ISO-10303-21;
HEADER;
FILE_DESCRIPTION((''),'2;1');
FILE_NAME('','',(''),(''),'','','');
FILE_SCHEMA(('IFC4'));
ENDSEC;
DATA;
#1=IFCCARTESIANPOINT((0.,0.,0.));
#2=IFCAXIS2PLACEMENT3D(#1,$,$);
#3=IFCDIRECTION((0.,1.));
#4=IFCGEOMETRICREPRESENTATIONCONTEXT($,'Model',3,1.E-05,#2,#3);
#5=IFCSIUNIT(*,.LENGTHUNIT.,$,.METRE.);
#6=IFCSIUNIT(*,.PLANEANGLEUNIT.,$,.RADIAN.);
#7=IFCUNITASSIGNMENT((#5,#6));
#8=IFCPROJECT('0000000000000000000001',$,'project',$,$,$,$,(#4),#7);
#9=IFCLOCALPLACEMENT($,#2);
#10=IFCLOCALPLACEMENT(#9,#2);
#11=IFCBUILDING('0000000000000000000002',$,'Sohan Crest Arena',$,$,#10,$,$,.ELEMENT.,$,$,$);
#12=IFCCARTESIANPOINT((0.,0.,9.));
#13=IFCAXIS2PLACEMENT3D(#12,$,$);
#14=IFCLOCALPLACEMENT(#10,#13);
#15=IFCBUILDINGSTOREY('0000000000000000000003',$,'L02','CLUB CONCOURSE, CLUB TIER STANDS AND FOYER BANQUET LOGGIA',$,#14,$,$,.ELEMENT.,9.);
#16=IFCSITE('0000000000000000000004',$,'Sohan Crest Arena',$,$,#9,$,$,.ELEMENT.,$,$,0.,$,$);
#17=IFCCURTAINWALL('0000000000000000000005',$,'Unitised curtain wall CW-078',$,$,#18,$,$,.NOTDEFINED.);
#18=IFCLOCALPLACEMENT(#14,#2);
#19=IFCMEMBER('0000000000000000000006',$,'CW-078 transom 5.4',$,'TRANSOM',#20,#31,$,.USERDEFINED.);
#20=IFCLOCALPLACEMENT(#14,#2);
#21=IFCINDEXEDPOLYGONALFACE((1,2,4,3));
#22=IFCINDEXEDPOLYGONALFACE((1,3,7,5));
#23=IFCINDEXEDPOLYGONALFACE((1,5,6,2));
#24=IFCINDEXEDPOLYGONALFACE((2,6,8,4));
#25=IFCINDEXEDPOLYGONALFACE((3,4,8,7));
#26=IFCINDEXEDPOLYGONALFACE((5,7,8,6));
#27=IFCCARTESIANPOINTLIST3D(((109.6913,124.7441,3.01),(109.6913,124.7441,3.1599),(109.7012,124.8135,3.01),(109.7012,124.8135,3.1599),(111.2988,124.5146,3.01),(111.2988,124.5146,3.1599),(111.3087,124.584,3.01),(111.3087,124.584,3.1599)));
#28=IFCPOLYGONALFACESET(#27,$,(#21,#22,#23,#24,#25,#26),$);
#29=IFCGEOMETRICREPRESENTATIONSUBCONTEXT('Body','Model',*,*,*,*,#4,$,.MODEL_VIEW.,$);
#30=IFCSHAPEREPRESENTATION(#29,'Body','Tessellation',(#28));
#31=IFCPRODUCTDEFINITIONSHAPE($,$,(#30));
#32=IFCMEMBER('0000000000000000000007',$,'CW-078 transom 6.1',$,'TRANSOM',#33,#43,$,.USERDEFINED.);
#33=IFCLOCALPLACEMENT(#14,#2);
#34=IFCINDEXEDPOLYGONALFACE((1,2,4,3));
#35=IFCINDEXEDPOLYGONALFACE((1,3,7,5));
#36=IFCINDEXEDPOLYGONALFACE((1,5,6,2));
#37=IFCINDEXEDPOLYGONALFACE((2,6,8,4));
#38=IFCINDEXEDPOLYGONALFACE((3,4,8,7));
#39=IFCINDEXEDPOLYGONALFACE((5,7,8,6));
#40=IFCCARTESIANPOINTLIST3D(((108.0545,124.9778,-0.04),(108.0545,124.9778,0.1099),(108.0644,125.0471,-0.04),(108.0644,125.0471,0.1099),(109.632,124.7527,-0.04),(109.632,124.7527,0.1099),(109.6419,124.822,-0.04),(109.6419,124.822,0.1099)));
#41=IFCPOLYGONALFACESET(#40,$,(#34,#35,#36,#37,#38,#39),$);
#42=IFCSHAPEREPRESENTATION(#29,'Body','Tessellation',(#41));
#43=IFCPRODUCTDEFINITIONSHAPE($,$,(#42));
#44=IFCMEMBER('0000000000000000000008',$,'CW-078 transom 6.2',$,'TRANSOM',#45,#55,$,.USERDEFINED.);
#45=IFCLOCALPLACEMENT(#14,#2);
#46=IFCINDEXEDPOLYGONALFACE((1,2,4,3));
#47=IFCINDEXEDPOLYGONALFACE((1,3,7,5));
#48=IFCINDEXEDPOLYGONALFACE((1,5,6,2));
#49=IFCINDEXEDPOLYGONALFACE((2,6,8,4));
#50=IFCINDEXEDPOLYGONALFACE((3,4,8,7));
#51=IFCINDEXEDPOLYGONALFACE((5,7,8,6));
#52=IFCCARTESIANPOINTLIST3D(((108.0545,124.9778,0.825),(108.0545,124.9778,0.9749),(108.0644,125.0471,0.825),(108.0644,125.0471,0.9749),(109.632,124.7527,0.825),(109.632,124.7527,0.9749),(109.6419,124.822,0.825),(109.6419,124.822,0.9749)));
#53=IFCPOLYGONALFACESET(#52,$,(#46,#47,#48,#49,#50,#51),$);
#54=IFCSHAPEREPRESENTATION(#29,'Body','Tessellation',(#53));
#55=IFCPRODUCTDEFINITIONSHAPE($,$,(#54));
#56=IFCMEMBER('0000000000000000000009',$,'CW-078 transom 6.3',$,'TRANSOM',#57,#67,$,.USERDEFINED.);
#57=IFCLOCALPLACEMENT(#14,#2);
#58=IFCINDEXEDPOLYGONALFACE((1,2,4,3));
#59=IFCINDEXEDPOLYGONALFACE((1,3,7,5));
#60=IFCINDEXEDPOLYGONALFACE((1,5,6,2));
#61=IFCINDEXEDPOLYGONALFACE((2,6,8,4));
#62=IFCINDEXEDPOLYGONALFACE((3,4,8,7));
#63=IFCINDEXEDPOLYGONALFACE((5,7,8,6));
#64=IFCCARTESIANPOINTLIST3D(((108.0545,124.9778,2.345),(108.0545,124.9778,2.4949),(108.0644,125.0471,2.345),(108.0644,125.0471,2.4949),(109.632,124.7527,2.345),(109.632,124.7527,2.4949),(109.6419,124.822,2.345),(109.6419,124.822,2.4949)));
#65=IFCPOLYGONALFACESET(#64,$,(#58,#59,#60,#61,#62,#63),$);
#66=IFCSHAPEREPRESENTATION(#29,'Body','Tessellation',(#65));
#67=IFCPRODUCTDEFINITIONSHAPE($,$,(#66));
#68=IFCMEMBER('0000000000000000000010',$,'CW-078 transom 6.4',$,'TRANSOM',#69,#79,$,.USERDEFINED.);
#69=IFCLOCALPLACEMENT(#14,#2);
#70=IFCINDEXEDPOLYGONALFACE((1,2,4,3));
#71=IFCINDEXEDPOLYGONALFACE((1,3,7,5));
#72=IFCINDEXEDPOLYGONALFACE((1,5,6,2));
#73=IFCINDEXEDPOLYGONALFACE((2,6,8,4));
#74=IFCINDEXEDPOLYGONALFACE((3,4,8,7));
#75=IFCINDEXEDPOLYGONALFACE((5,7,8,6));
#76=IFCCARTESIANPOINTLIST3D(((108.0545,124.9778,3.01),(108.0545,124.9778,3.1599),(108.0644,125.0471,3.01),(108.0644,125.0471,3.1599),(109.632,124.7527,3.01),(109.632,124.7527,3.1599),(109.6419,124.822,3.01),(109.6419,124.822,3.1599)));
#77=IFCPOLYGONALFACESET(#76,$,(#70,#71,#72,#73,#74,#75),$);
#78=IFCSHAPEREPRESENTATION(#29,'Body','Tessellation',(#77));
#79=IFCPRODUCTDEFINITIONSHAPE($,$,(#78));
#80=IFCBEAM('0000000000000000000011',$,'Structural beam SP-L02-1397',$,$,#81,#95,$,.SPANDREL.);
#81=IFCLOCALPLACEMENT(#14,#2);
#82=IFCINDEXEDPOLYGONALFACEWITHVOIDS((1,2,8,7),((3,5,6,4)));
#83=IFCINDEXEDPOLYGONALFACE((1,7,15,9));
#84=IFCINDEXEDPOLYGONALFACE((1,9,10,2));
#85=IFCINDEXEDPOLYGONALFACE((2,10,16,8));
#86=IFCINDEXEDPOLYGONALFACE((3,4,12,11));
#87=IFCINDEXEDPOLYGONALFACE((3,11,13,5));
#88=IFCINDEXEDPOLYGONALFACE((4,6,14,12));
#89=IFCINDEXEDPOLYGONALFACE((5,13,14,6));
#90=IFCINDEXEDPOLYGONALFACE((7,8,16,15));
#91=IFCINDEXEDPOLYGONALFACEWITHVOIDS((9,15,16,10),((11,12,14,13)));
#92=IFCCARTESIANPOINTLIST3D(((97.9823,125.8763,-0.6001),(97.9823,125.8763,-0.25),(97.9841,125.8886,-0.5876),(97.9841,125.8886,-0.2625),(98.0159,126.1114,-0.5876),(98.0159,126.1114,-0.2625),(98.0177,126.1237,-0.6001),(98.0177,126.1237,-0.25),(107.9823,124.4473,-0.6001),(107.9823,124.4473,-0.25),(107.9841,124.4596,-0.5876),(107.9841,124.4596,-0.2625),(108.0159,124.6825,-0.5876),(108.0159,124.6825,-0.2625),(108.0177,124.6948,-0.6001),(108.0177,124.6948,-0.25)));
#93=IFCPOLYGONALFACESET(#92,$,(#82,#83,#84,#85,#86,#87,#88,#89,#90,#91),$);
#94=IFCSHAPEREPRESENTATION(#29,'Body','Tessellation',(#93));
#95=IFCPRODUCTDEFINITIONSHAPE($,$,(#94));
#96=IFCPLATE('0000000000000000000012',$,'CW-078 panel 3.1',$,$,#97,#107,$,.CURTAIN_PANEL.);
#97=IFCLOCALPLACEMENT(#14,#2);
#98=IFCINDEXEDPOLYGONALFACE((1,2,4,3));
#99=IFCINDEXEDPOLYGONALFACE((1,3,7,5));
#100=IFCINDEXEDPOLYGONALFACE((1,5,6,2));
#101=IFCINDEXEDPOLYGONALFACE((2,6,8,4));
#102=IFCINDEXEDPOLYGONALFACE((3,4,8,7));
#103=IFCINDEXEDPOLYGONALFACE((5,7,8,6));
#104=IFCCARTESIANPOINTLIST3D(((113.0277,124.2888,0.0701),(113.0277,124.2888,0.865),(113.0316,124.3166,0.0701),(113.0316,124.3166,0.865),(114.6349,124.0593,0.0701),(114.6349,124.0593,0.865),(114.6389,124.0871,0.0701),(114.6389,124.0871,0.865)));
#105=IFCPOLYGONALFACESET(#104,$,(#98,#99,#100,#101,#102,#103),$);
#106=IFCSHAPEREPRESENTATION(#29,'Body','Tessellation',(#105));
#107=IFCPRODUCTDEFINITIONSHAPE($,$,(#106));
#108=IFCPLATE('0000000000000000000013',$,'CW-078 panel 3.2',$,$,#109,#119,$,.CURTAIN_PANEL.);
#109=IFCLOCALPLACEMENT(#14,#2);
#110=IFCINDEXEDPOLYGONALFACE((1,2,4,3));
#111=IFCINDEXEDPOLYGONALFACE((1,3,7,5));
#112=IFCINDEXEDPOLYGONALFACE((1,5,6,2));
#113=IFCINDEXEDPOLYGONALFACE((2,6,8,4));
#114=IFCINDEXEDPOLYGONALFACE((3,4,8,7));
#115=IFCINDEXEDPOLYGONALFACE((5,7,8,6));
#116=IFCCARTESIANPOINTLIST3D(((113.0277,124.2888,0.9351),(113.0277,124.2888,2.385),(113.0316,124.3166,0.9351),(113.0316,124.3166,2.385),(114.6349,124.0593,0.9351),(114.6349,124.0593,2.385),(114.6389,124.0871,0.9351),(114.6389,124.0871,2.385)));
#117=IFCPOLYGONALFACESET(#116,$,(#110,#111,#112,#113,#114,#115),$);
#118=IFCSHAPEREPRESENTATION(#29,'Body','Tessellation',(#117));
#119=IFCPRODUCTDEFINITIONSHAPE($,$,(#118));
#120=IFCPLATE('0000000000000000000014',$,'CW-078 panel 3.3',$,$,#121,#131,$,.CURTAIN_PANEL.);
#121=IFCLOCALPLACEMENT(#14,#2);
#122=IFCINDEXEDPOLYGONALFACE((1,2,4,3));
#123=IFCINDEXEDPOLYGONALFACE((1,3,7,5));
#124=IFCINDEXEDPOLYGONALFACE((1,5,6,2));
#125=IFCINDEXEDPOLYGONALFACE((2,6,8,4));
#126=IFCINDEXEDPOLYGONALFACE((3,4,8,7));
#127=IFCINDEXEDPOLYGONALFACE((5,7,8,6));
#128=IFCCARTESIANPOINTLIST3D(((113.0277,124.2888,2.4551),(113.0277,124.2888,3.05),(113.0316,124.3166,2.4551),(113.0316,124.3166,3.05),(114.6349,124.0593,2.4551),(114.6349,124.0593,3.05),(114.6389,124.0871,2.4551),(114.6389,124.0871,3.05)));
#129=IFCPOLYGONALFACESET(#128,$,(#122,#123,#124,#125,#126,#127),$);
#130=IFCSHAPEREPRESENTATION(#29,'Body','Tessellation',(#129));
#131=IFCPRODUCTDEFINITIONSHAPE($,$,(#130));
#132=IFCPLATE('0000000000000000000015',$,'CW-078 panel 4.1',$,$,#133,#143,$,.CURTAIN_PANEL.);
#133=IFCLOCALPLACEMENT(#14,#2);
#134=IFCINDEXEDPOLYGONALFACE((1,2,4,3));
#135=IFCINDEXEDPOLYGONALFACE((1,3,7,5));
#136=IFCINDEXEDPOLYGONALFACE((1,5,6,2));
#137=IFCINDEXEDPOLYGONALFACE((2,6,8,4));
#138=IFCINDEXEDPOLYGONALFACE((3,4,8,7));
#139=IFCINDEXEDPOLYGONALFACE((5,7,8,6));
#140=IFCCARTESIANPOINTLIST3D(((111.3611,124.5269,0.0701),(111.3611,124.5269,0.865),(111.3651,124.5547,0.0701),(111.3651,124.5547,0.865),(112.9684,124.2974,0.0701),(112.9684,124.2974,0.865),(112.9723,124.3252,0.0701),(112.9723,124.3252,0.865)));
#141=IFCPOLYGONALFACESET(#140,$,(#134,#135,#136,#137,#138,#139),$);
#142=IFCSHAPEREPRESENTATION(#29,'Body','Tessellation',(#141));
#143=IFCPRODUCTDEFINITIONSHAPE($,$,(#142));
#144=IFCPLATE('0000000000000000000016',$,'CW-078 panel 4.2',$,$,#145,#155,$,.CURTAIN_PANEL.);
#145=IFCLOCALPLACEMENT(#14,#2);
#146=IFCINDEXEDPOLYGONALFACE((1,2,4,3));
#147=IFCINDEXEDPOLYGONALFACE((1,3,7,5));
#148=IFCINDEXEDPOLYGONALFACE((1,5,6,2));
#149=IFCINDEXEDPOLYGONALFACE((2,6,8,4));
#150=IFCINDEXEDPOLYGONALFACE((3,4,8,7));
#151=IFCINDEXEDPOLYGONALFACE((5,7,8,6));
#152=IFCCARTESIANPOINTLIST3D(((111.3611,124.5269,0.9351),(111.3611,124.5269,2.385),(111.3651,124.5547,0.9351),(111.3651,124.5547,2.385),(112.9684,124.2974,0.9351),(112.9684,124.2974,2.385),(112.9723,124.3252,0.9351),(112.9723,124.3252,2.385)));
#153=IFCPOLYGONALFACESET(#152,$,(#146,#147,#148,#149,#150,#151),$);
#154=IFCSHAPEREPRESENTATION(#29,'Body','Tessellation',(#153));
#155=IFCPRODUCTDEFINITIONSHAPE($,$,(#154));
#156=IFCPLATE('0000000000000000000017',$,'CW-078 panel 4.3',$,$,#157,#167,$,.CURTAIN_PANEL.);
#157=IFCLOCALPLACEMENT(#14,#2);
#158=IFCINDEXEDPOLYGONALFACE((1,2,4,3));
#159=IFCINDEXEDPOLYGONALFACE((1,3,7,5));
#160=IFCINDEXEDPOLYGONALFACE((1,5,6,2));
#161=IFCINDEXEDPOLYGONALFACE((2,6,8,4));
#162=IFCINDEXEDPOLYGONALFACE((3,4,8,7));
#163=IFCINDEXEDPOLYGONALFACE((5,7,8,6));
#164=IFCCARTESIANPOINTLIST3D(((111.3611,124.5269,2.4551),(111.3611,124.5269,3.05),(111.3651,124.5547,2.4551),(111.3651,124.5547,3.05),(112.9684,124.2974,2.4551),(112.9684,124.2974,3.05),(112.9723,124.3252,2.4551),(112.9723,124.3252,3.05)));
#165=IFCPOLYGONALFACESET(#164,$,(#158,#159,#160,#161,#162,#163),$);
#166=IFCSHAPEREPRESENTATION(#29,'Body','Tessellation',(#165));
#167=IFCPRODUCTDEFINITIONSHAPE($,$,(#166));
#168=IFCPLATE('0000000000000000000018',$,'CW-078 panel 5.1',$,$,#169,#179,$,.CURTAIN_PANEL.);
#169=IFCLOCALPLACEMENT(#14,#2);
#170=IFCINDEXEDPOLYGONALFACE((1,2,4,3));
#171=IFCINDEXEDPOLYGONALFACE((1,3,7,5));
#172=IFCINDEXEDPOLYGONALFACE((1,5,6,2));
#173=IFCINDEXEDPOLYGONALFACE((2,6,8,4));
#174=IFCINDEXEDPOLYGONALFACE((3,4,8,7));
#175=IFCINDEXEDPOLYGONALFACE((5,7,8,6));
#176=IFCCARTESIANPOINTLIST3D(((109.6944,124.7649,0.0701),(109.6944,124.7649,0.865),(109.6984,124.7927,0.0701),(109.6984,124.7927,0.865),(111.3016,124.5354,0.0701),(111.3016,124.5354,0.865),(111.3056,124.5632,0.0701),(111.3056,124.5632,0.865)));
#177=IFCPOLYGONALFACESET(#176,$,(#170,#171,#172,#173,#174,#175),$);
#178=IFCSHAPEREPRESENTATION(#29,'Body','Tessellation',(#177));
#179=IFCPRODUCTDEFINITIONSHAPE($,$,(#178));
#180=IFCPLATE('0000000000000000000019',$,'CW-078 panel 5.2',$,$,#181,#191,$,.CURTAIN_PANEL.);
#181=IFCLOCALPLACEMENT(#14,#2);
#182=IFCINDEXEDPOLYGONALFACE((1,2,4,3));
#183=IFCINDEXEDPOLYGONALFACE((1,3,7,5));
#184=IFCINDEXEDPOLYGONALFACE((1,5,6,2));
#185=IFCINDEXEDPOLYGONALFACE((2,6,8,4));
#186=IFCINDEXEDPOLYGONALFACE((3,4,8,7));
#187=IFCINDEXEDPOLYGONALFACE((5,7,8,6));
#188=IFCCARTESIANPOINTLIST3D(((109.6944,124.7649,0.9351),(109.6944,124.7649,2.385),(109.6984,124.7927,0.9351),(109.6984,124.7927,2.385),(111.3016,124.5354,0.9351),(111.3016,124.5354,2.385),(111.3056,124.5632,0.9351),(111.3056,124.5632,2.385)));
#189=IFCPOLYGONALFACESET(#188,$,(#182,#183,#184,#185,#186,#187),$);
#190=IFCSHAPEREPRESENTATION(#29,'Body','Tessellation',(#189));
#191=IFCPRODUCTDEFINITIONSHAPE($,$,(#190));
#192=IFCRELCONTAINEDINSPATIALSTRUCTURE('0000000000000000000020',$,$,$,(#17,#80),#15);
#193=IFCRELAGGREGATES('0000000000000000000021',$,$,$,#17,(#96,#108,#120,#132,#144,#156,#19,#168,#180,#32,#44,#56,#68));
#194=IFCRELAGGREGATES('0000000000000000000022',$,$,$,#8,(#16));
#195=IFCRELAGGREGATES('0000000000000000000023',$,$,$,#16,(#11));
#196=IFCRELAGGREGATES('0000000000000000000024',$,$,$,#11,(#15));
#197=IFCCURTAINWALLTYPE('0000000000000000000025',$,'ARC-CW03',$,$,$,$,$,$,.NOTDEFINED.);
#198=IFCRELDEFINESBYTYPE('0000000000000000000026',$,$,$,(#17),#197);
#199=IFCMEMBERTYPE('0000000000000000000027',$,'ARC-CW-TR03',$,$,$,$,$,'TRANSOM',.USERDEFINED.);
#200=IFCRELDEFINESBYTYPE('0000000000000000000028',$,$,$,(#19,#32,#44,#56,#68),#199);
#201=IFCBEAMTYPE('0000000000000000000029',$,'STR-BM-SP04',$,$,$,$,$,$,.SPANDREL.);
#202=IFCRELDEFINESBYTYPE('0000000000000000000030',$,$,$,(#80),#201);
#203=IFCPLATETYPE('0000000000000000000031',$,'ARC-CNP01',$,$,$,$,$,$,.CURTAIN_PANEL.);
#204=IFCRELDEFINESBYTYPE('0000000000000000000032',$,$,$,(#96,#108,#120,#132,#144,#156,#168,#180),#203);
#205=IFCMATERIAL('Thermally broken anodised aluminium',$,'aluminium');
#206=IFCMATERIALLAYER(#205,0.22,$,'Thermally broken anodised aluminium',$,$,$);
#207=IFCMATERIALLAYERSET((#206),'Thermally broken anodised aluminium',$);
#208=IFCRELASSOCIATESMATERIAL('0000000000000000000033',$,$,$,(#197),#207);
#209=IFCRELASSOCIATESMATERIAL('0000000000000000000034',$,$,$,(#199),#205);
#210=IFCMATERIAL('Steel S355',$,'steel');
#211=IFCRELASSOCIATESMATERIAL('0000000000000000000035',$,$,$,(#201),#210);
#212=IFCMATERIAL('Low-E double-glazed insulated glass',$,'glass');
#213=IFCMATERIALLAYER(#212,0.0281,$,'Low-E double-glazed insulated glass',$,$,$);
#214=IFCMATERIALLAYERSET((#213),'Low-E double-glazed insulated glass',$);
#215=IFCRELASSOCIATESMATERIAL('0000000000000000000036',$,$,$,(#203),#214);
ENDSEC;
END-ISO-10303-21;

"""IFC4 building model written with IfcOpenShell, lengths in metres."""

from ifc_helpers import new_model, si_unit, direction, frame, origin, origin_2d, place, context, subcontext, project, spatial, rectangle, hollow_rectangle, extrude, material, layer, layer_set, material_profile, profile_set, type_object, element, aggregate, save


model = new_model("IFC4")

# Units and contexts
model_context = context("Model", 3, precision=1e-05, world=origin(), true_north=direction((0.0, 1.0)))
body_context = subcontext(model_context, "Body", "Model", "MODEL_VIEW")
ifc_project = project(units=[si_unit("LENGTHUNIT", "METRE"), si_unit("PLANEANGLEUNIT", "RADIAN")], contexts=[model_context])

# Site, building, storey
site_placement = place(None, origin())
site = spatial("IfcSite", under=ifc_project, at=site_placement, Name="Sohan Crest Arena", CompositionType="ELEMENT", RefElevation=0.0)
building_placement = place(site_placement, origin())
building = spatial("IfcBuilding", under=site, at=building_placement, Name="Sohan Crest Arena", CompositionType="ELEMENT")
storey_placement = place(building_placement, frame((0.0, 0.0, 9.0)))
storey = spatial("IfcBuildingStorey", under=building, at=storey_placement, Name="L02", Description="CLUB CONCOURSE, CLUB TIER STANDS AND FOYER BANQUET LOGGIA", CompositionType="ELEMENT", Elevation=9.0)

# Shared definitions
ifc_material_1 = material(Name="Steel S355", Category="steel")

# Curtain wall
ifc_material_2 = material(Name="Thermally broken anodised aluminium", Category="aluminium")
ifc_layer_1 = layer(ifc_material_2, 0.22, Name="Thermally broken anodised aluminium")
ifc_layer_set_1 = layer_set([ifc_layer_1], Name="Thermally broken anodised aluminium")
curtain_wall_type_1 = type_object("IfcCurtainWallType", Name="ARC-CW03", PredefinedType="NOTDEFINED", material=ifc_layer_set_1)
curtain_wall_1_placement = place(storey_placement, origin())
curtain_wall_1 = element("IfcCurtainWall", 1, at=curtain_wall_1_placement, inside=storey, type_object=curtain_wall_type_1, Name="Unitised curtain wall CW-078", PredefinedType="NOTDEFINED")

# Members
ifc_material_profile_1 = material_profile(ifc_material_2, rectangle(XDim=0.0701, YDim=0.1499, at=origin_2d()), Name="ALU-TRAN 70x150")
ifc_profile_set_1 = profile_set([ifc_material_profile_1], Name="Thermally broken anodised aluminium")
member_type_1 = type_object("IfcMemberType", Name="ARC-CW-TR03", ElementType="TRANSOM", PredefinedType="USERDEFINED", material=ifc_profile_set_1)
member_1_placement = place(storey_placement, frame((111.3037, 124.5493, 3.085), z_axis=(-0.989962, 0.141337, 0.0), x_axis=(-0.141337, -0.989962, 0.0)))
member_1 = element("IfcMember", 2, at=member_1_placement, type_object=member_type_1, Name="CW-078 transom 5.4", ObjectType="TRANSOM", PredefinedType="USERDEFINED", context=body_context, shape_type="SweptSolid", body=[
    extrude(rectangle(XDim=0.0701, YDim=0.1499, at=origin_2d()), origin(), (0.0, 0.0, 1.0), 1.6238),
])
member_2_placement = place(storey_placement, frame((109.637, 124.7874, 0.0349), z_axis=(-0.989974, 0.14125, 0.0), x_axis=(-0.14125, -0.989974, 0.0)))
member_2 = element("IfcMember", 3, at=member_2_placement, type_object=member_type_1, Name="CW-078 transom 6.1", ObjectType="TRANSOM", PredefinedType="USERDEFINED", context=body_context, shape_type="SweptSolid", body=[
    extrude(rectangle(XDim=0.0701, YDim=0.1499, at=origin_2d()), origin(), (0.0, 0.0, 1.0), 1.5935),
])
member_3_placement = place(storey_placement, frame((109.637, 124.7874, 0.8999), z_axis=(-0.989974, 0.14125, 0.0), x_axis=(-0.14125, -0.989974, 0.0)))
member_3 = element("IfcMember", 4, at=member_3_placement, type_object=member_type_1, Name="CW-078 transom 6.2", ObjectType="TRANSOM", PredefinedType="USERDEFINED", context=body_context, shape_type="SweptSolid", body=[
    extrude(rectangle(XDim=0.0701, YDim=0.1499, at=origin_2d()), origin(), (0.0, 0.0, 1.0), 1.5935),
])
member_4_placement = place(storey_placement, frame((109.637, 124.7874, 2.4199), z_axis=(-0.989974, 0.14125, 0.0), x_axis=(-0.14125, -0.989974, 0.0)))
member_4 = element("IfcMember", 5, at=member_4_placement, type_object=member_type_1, Name="CW-078 transom 6.3", ObjectType="TRANSOM", PredefinedType="USERDEFINED", context=body_context, shape_type="SweptSolid", body=[
    extrude(rectangle(XDim=0.0701, YDim=0.1499, at=origin_2d()), origin(), (0.0, 0.0, 1.0), 1.5935),
])
member_5_placement = place(storey_placement, frame((109.637, 124.7874, 3.085), z_axis=(-0.989974, 0.14125, 0.0), x_axis=(-0.14125, -0.989974, 0.0)))
member_5 = element("IfcMember", 6, at=member_5_placement, type_object=member_type_1, Name="CW-078 transom 6.4", ObjectType="TRANSOM", PredefinedType="USERDEFINED", context=body_context, shape_type="SweptSolid", body=[
    extrude(rectangle(XDim=0.0701, YDim=0.1499, at=origin_2d()), origin(), (0.0, 0.0, 1.0), 1.5935),
])

# Beam
ifc_material_profile_2 = material_profile(ifc_material_1, hollow_rectangle(XDim=0.25, YDim=0.3501, WallThickness=0.0125, at=origin_2d()), Name="RHS 350x250x12.5")
ifc_profile_set_2 = profile_set([ifc_material_profile_2], Name="Steel S355")
beam_type = type_object("IfcBeamType", Name="STR-BM-SP04", PredefinedType="SPANDREL", material=ifc_profile_set_2)
beam_placement = place(storey_placement, frame((108.0, 124.571, -0.425), z_axis=(-0.989944, 0.141459, 0.0), x_axis=(-0.141459, -0.989944, 0.0)))
element("IfcBeam", 7, at=beam_placement, inside=storey, type_object=beam_type, Name="Structural beam SP-L02-1397", PredefinedType="SPANDREL", context=body_context, shape_type="SweptSolid", body=[
    extrude(hollow_rectangle(XDim=0.25, YDim=0.3501, WallThickness=0.0125, at=origin_2d()), origin(), (0.0, 0.0, 1.0), 10.1016),
])

# Plates
ifc_material_3 = material(Name="Low-E double-glazed insulated glass", Category="glass")
ifc_layer_2 = layer(ifc_material_3, 0.0281, Name="Low-E double-glazed insulated glass")
ifc_layer_set_2 = layer_set([ifc_layer_2], Name="Low-E double-glazed insulated glass")
plate_type = type_object("IfcPlateType", Name="ARC-CNP01", PredefinedType="CURTAIN_PANEL", material=ifc_layer_set_2)
plate_1_placement = place(storey_placement, frame((113.8333, 124.188, 0.0701), z_axis=(0.0, 0.0, 1.0), x_axis=(-0.989957, 0.141366, 0.0)))
plate_1 = element("IfcPlate", 8, at=plate_1_placement, type_object=plate_type, Name="CW-078 panel 3.1", PredefinedType="CURTAIN_PANEL", context=body_context, shape_type="SweptSolid", body=[
    extrude(rectangle(XDim=1.6235, YDim=0.0281, at=origin_2d()), origin(), (0.0, 0.0, 1.0), 0.7949),
])
plate_2_placement = place(storey_placement, frame((113.8333, 124.188, 0.9351), z_axis=(0.0, 0.0, 1.0), x_axis=(-0.989957, 0.141366, 0.0)))
plate_2 = element("IfcPlate", 9, at=plate_2_placement, type_object=plate_type, Name="CW-078 panel 3.2", PredefinedType="CURTAIN_PANEL", context=body_context, shape_type="SweptSolid", body=[
    extrude(rectangle(XDim=1.6235, YDim=0.0281, at=origin_2d()), origin(), (0.0, 0.0, 1.0), 1.45),
])
plate_3_placement = place(storey_placement, frame((113.8333, 124.188, 2.4551), z_axis=(0.0, 0.0, 1.0), x_axis=(-0.989957, 0.141366, 0.0)))
plate_3 = element("IfcPlate", 10, at=plate_3_placement, type_object=plate_type, Name="CW-078 panel 3.3", PredefinedType="CURTAIN_PANEL", context=body_context, shape_type="SweptSolid", body=[
    extrude(rectangle(XDim=1.6235, YDim=0.0281, at=origin_2d()), origin(), (0.0, 0.0, 1.0), 0.595),
])
plate_4_placement = place(storey_placement, frame((112.1667, 124.426, 0.0701), z_axis=(0.0, 0.0, 1.0), x_axis=(-0.989957, 0.141366, 0.0)))
plate_4 = element("IfcPlate", 11, at=plate_4_placement, type_object=plate_type, Name="CW-078 panel 4.1", PredefinedType="CURTAIN_PANEL", context=body_context, shape_type="SweptSolid", body=[
    extrude(rectangle(XDim=1.6235, YDim=0.0281, at=origin_2d()), origin(), (0.0, 0.0, 1.0), 0.7949),
])
plate_5_placement = place(storey_placement, frame((112.1667, 124.426, 0.9351), z_axis=(0.0, 0.0, 1.0), x_axis=(-0.989957, 0.141366, 0.0)))
plate_5 = element("IfcPlate", 12, at=plate_5_placement, type_object=plate_type, Name="CW-078 panel 4.2", PredefinedType="CURTAIN_PANEL", context=body_context, shape_type="SweptSolid", body=[
    extrude(rectangle(XDim=1.6235, YDim=0.0281, at=origin_2d()), origin(), (0.0, 0.0, 1.0), 1.45),
])
plate_6_placement = place(storey_placement, frame((112.1667, 124.426, 2.4551), z_axis=(0.0, 0.0, 1.0), x_axis=(-0.989957, 0.141366, 0.0)))
plate_6 = element("IfcPlate", 13, at=plate_6_placement, type_object=plate_type, Name="CW-078 panel 4.3", PredefinedType="CURTAIN_PANEL", context=body_context, shape_type="SweptSolid", body=[
    extrude(rectangle(XDim=1.6235, YDim=0.0281, at=origin_2d()), origin(), (0.0, 0.0, 1.0), 0.595),
])
plate_7_placement = place(storey_placement, frame((110.5, 124.6641, 0.0701), z_axis=(0.0, 0.0, 1.0), x_axis=(-0.989957, 0.141366, 0.0)))
plate_7 = element("IfcPlate", 14, at=plate_7_placement, type_object=plate_type, Name="CW-078 panel 5.1", PredefinedType="CURTAIN_PANEL", context=body_context, shape_type="SweptSolid", body=[
    extrude(rectangle(XDim=1.6235, YDim=0.0281, at=origin_2d()), origin(), (0.0, 0.0, 1.0), 0.7949),
])
plate_8_placement = place(storey_placement, frame((110.5, 124.6641, 0.9351), z_axis=(0.0, 0.0, 1.0), x_axis=(-0.989957, 0.141366, 0.0)))
plate_8 = element("IfcPlate", 15, at=plate_8_placement, type_object=plate_type, Name="CW-078 panel 5.2", PredefinedType="CURTAIN_PANEL", context=body_context, shape_type="SweptSolid", body=[
    extrude(rectangle(XDim=1.6235, YDim=0.0281, at=origin_2d()), origin(), (0.0, 0.0, 1.0), 1.45),
])
aggregate(curtain_wall_1, [plate_1, plate_2, plate_3, plate_4, plate_5, plate_6, member_1, plate_7, plate_8, member_2, member_3, member_4, member_5])

save(model, "model.ifc")
